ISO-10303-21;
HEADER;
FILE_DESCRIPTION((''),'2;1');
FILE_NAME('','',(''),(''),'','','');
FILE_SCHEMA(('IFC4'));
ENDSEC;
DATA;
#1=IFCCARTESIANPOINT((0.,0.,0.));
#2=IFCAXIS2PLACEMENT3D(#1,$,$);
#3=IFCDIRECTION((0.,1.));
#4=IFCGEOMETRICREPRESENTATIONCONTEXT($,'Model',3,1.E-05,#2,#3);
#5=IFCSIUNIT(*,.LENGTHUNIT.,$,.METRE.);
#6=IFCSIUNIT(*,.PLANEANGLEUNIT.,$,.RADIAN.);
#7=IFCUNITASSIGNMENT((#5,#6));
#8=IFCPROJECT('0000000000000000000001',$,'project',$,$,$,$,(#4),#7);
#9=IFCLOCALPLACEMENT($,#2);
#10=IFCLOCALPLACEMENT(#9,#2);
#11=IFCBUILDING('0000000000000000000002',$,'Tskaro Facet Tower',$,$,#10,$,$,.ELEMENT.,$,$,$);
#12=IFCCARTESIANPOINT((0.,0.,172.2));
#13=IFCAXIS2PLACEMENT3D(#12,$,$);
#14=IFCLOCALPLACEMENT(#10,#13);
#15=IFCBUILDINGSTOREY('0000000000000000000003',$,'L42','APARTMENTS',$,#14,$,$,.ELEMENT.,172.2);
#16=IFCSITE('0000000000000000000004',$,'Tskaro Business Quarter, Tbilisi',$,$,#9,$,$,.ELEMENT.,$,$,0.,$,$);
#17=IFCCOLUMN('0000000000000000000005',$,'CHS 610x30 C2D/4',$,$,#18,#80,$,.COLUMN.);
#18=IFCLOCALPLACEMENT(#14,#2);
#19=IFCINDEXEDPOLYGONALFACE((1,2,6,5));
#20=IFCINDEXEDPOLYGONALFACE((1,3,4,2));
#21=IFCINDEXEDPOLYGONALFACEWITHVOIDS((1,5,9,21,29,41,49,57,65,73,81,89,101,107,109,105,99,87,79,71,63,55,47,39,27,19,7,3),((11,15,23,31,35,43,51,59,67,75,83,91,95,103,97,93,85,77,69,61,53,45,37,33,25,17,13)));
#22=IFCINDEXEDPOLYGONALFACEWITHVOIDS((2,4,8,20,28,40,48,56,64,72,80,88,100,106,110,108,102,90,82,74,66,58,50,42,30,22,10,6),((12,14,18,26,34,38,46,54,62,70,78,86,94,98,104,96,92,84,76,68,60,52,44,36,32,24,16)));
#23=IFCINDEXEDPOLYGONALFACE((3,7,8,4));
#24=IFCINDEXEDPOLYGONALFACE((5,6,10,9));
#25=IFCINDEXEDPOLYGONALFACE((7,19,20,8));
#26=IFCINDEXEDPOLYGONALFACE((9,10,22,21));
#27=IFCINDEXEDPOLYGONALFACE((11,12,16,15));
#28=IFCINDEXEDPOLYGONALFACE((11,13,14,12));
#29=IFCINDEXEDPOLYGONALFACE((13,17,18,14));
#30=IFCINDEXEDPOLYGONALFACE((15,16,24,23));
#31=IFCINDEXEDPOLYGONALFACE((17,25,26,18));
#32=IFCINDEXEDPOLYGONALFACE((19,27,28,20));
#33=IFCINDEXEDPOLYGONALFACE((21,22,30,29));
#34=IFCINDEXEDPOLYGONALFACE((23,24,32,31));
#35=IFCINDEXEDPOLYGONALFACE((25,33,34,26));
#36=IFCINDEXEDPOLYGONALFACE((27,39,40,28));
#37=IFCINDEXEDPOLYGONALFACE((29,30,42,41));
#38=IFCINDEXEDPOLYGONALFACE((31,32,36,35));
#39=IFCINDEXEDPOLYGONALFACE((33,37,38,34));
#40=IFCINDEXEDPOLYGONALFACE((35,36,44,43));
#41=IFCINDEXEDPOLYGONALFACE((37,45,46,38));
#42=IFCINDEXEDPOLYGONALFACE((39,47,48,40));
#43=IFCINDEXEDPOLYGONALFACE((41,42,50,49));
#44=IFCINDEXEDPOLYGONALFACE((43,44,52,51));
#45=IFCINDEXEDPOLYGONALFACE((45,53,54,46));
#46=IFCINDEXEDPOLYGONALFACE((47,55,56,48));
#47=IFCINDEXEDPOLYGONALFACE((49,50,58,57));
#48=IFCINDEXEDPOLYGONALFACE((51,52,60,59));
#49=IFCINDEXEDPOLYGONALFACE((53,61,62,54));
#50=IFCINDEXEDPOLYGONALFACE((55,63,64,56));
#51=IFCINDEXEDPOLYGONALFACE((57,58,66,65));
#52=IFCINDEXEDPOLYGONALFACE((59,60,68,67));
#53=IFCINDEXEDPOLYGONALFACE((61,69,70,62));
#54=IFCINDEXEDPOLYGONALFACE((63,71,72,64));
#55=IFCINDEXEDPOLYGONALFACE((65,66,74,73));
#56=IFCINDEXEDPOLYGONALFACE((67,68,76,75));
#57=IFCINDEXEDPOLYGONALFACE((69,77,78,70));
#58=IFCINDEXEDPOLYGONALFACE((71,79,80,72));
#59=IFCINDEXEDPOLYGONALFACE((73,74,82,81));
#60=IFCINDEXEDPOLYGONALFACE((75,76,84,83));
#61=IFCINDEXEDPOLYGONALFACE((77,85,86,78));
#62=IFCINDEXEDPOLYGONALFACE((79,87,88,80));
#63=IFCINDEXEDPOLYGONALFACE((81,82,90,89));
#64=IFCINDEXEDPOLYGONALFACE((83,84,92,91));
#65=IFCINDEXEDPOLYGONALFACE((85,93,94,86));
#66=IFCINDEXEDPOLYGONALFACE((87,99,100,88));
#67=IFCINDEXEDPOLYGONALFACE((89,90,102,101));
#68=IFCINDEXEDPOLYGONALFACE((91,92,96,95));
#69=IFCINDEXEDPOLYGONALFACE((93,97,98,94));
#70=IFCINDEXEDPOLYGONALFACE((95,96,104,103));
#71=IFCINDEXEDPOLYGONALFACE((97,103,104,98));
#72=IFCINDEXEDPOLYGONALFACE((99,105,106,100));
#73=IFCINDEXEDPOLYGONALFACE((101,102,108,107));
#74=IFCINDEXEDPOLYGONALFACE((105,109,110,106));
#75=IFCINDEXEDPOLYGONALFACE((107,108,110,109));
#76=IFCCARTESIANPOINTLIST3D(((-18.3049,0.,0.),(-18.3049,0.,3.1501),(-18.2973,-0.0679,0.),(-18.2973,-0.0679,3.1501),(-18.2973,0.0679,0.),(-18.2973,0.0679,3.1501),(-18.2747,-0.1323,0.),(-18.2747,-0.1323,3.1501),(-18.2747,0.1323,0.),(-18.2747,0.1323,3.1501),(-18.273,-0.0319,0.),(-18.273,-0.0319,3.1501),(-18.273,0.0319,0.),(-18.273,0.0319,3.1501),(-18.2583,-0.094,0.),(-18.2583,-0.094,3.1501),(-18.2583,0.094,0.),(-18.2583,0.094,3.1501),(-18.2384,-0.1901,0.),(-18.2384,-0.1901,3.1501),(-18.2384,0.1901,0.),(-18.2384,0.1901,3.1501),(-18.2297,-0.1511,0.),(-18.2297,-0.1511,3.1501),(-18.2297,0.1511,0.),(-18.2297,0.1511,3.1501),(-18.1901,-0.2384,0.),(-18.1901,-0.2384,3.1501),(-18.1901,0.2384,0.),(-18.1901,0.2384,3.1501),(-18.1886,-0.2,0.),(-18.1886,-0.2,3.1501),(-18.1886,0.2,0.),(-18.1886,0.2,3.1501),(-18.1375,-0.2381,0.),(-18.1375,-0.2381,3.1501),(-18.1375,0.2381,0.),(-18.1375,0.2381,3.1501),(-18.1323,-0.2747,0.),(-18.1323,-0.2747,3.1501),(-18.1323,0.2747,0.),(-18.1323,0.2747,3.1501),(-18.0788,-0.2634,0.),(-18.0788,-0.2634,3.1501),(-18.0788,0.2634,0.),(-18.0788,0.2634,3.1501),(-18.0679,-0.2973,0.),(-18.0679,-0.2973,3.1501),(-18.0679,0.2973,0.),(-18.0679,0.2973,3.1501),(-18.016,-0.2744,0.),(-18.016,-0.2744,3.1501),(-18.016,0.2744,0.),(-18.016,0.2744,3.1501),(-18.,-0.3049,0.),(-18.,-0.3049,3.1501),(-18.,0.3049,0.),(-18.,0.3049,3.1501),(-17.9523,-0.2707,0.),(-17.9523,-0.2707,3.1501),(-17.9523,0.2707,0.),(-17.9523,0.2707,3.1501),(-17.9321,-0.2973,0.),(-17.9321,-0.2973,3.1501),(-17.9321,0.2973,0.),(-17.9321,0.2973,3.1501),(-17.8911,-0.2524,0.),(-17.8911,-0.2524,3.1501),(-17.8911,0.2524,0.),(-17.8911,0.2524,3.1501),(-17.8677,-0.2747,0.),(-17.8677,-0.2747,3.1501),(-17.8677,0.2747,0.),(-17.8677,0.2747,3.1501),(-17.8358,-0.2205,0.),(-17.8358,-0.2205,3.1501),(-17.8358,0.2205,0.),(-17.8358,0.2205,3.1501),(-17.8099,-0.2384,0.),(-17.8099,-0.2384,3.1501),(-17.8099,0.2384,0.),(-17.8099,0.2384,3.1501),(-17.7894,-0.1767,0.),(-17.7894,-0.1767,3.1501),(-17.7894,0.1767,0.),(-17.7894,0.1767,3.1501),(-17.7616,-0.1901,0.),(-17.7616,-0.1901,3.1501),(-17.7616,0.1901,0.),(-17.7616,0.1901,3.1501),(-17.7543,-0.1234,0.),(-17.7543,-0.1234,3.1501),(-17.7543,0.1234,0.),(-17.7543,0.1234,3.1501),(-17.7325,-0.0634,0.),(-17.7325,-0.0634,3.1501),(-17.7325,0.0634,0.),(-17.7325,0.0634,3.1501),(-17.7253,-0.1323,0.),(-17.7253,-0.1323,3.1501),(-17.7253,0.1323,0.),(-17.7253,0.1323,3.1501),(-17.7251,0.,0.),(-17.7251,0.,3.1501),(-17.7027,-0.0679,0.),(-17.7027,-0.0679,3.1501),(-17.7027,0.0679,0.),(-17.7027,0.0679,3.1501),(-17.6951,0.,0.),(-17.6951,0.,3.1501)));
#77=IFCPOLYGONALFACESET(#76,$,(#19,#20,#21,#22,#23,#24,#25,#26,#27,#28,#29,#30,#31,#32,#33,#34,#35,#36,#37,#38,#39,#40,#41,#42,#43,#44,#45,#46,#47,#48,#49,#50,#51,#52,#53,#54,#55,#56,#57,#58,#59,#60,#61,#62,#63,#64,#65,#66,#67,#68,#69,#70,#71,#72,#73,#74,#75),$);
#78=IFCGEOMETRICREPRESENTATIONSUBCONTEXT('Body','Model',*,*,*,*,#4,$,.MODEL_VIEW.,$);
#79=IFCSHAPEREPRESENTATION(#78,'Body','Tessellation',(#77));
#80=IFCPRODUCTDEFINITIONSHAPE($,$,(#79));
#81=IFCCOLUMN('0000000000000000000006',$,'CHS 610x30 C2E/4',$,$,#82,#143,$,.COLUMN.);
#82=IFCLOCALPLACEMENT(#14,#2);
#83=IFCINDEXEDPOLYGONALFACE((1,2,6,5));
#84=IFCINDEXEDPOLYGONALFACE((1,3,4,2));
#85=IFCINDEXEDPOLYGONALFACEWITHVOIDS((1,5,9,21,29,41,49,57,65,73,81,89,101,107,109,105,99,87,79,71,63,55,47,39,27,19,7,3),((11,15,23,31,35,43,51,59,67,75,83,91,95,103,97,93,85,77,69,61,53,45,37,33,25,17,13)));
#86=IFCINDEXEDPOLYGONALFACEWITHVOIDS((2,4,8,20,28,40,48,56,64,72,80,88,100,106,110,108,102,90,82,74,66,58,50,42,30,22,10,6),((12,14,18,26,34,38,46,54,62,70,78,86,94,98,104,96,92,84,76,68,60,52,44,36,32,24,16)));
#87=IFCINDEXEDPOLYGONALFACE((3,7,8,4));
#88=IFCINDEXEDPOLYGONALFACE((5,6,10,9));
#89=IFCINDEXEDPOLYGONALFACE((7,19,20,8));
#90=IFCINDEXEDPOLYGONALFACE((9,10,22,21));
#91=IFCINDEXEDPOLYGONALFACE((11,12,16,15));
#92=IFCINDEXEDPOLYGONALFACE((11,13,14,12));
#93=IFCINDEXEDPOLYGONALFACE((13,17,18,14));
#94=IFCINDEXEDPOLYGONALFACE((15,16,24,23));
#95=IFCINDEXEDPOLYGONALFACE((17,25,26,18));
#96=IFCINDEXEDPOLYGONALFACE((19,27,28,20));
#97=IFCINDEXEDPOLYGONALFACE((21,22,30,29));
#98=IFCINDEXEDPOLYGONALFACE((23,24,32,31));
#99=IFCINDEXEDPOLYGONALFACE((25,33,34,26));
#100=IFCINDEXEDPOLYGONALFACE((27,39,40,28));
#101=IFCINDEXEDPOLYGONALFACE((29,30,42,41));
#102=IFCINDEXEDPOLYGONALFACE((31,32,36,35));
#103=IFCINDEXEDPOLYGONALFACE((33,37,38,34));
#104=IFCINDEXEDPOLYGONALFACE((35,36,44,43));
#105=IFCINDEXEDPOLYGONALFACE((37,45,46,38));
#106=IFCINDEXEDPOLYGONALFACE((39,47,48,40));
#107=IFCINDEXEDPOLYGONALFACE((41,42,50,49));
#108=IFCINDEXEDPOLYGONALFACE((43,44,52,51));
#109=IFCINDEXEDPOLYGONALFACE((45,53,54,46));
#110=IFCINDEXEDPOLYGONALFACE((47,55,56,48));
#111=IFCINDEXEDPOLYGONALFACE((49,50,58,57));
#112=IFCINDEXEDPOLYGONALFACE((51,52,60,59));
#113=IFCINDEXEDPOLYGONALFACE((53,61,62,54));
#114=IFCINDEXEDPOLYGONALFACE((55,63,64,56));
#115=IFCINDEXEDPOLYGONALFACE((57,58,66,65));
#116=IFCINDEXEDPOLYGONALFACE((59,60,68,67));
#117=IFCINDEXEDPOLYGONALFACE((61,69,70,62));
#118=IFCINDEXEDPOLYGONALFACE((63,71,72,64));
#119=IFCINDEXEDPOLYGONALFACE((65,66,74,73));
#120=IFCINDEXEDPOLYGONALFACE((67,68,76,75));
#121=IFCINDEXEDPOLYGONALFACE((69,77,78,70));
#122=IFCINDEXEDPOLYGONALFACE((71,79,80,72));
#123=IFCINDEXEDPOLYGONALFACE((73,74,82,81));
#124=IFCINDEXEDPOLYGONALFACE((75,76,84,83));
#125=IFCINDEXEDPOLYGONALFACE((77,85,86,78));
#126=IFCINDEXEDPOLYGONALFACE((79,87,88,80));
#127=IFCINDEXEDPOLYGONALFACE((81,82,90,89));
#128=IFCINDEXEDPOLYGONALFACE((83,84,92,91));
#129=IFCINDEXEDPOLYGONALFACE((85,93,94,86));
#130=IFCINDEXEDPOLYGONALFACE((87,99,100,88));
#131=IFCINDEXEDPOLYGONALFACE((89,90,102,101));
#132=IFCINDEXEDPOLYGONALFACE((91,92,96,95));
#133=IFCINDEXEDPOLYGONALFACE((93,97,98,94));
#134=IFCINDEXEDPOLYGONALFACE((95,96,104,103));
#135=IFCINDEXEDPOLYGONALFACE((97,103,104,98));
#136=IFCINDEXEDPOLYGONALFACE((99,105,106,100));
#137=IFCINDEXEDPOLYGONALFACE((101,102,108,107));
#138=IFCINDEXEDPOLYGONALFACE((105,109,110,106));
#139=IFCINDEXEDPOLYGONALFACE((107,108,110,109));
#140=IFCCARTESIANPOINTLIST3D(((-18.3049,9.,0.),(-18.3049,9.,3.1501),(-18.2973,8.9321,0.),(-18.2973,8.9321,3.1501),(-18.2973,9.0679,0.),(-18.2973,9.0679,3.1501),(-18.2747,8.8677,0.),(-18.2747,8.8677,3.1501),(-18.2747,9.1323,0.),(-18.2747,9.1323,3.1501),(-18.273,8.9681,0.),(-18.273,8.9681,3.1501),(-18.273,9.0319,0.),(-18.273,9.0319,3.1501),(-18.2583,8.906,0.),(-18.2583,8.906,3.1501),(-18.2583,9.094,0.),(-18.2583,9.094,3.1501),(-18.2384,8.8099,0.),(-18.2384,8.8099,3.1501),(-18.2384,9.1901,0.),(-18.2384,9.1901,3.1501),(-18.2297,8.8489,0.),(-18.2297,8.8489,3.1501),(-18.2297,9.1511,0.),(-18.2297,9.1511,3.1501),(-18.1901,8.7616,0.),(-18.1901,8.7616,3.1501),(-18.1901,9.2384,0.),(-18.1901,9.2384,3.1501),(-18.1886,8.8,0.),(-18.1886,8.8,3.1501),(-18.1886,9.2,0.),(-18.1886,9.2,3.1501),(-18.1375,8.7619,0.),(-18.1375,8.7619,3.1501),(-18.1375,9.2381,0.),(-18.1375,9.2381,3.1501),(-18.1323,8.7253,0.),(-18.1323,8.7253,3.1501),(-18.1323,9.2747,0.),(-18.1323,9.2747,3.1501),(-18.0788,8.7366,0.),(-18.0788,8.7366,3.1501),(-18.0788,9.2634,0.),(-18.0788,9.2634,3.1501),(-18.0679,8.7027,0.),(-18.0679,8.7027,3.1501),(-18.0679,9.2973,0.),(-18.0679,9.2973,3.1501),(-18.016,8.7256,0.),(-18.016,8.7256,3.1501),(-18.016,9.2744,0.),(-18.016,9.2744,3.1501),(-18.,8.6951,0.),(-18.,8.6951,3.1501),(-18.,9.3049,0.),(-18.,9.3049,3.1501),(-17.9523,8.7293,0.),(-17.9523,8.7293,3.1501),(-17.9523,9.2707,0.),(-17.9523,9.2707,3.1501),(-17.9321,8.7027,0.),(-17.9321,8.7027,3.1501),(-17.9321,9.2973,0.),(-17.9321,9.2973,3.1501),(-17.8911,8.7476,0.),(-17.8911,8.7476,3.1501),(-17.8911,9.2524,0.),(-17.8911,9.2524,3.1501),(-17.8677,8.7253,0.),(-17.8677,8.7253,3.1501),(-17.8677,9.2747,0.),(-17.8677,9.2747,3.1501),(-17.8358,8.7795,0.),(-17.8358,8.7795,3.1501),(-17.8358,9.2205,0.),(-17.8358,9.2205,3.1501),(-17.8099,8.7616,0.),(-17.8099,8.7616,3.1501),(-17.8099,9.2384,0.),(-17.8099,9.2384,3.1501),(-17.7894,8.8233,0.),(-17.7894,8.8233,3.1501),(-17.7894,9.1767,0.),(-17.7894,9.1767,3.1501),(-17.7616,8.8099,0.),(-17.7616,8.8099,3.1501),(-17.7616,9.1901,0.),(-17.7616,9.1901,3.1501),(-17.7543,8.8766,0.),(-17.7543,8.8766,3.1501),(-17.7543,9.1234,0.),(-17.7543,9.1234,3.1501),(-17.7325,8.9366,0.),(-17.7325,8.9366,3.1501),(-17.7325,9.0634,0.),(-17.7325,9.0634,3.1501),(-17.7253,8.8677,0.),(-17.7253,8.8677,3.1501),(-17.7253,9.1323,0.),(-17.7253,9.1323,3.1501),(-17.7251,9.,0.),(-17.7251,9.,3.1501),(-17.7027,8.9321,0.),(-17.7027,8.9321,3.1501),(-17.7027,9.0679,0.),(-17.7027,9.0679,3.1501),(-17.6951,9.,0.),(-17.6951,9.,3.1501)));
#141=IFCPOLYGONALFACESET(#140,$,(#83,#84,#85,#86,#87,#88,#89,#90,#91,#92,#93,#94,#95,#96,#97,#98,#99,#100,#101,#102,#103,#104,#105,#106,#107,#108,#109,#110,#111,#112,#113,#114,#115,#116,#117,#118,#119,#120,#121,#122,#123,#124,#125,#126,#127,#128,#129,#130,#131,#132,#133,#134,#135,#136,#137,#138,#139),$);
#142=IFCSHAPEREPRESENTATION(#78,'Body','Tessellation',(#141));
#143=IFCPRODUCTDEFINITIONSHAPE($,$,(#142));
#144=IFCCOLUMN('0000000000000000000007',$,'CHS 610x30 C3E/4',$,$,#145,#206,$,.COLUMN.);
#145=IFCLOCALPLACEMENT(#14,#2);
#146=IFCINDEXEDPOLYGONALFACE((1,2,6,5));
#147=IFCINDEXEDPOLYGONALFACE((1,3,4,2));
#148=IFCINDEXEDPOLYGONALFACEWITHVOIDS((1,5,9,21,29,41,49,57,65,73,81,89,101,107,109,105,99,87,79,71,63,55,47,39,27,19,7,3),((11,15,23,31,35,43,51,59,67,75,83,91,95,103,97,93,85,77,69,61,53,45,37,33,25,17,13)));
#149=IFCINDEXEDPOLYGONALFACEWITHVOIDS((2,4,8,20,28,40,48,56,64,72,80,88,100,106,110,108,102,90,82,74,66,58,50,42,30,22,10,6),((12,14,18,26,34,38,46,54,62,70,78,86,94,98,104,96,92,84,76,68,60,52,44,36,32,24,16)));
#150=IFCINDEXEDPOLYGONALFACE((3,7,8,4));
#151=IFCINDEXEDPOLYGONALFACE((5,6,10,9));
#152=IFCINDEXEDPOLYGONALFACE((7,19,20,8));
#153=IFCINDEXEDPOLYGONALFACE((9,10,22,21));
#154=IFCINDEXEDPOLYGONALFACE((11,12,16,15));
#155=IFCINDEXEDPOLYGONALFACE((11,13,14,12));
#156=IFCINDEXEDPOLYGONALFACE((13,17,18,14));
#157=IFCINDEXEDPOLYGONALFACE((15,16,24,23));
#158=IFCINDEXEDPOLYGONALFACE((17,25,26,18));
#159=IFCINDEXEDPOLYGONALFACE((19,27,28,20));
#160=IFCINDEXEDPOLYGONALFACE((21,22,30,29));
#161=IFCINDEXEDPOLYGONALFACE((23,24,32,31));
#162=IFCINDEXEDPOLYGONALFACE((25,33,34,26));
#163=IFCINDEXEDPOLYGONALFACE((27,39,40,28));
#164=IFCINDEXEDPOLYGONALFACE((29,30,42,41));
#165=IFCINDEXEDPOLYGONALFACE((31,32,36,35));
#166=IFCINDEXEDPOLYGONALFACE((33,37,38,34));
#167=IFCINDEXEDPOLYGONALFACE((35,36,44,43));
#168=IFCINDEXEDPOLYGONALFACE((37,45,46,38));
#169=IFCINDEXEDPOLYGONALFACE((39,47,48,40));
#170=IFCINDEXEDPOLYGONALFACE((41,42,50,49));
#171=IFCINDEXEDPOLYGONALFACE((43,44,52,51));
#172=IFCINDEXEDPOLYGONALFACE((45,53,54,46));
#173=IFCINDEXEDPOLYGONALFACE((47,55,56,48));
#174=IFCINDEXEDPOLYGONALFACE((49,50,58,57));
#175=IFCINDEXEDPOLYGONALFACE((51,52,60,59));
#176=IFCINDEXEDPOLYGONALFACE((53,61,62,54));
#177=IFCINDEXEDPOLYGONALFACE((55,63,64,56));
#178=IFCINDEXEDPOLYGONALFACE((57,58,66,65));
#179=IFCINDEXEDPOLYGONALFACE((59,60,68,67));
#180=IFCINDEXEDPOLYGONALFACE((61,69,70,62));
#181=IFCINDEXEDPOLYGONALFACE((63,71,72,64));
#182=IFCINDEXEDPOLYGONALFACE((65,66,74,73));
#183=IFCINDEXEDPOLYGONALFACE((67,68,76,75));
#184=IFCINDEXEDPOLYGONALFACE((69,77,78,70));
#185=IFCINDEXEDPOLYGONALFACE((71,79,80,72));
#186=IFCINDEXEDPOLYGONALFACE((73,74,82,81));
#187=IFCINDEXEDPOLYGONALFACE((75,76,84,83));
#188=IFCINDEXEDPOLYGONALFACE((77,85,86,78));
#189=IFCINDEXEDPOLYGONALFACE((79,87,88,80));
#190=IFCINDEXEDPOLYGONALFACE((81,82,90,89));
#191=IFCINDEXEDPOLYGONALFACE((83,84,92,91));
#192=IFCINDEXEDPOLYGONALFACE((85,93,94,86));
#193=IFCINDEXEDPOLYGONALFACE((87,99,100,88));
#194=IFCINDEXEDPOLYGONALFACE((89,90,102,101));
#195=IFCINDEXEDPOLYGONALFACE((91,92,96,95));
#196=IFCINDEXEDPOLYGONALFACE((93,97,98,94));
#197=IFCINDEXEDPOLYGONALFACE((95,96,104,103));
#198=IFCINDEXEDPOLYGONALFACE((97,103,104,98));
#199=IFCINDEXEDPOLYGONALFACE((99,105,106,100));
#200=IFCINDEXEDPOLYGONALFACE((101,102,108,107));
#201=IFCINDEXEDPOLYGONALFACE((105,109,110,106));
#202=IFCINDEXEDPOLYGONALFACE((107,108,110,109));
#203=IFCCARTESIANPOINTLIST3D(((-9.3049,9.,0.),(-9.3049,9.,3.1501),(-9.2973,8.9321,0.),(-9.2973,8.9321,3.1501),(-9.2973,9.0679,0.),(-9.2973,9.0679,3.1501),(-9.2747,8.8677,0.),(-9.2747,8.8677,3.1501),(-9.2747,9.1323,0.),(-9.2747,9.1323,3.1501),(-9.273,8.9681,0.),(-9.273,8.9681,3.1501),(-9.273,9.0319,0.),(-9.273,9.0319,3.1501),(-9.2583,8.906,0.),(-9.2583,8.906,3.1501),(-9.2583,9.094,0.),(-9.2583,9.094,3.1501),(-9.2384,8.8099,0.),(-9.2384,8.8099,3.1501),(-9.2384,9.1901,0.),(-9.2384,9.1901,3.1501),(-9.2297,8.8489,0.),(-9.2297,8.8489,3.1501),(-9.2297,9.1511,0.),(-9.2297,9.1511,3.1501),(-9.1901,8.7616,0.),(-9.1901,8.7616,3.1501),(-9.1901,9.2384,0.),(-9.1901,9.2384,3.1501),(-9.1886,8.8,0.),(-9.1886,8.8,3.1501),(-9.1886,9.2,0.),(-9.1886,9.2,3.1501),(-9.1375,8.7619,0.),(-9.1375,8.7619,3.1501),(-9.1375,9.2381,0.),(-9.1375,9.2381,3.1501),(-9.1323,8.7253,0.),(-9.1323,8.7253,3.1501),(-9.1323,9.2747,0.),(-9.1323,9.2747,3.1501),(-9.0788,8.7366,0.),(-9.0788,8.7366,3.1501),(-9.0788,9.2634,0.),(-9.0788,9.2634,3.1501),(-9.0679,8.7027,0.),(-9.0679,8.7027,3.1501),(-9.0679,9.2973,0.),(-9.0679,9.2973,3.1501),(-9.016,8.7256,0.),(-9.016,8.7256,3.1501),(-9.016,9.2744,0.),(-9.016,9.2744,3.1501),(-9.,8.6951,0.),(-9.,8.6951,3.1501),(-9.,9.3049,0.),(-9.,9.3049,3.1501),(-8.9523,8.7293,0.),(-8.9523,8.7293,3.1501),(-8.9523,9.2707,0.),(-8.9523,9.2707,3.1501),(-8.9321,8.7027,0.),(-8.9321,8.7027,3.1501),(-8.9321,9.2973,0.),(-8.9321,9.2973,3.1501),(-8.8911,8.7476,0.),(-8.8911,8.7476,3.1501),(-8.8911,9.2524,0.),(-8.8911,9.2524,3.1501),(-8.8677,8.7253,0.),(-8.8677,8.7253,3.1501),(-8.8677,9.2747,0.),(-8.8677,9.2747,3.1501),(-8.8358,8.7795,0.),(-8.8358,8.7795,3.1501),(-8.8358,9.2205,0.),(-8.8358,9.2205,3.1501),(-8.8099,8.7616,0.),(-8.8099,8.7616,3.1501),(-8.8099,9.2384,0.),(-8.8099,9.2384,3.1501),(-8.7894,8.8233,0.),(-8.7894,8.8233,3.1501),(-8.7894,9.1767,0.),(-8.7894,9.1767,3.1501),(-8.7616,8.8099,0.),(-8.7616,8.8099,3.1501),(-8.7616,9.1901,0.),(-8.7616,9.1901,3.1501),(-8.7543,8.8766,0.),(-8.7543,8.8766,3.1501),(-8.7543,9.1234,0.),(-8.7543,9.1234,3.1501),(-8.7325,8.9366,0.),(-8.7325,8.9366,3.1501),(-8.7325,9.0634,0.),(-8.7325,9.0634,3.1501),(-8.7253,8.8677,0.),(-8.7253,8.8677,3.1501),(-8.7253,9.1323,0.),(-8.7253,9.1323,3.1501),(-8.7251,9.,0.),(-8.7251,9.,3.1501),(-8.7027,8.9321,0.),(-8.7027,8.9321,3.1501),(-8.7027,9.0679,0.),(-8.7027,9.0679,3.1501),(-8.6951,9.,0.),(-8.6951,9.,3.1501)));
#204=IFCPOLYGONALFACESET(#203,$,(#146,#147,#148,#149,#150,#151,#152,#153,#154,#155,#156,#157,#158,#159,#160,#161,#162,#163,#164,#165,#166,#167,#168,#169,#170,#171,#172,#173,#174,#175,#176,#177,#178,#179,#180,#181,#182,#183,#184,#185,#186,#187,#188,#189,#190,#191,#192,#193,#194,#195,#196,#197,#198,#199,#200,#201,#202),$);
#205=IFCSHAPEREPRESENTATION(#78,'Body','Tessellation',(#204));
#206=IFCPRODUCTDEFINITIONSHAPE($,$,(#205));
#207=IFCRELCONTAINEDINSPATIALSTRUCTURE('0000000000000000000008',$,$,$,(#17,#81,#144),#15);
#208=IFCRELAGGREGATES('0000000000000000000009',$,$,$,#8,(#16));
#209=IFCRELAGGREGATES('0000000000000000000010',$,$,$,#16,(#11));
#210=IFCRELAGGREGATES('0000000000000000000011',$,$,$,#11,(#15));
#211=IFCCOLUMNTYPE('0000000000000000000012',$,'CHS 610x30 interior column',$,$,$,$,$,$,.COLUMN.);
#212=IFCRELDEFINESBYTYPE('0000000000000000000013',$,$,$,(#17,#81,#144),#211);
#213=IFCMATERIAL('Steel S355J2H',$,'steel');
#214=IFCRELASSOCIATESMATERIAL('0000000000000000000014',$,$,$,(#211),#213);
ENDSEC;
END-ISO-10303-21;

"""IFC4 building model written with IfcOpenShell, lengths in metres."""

from ifc_helpers import new_model, si_unit, direction, frame, origin, origin_2d, place, context, subcontext, project, spatial, hollow_circle, extrude, material, material_profile, profile_set, type_object, element, save


model = new_model("IFC4")

# Units and contexts
model_context = context("Model", 3, precision=1e-05, world=origin(), true_north=direction((0.0, 1.0)))
body_context = subcontext(model_context, "Body", "Model", "MODEL_VIEW")
ifc_project = project(units=[si_unit("LENGTHUNIT", "METRE"), si_unit("PLANEANGLEUNIT", "RADIAN")], contexts=[model_context])

# Site, building, storey
site_placement = place(None, origin())
site = spatial("IfcSite", under=ifc_project, at=site_placement, Name="Tskaro Business Quarter, Tbilisi", CompositionType="ELEMENT", RefElevation=0.0)
building_placement = place(site_placement, origin())
building = spatial("IfcBuilding", under=site, at=building_placement, Name="Tskaro Facet Tower", CompositionType="ELEMENT")
storey_placement = place(building_placement, frame((0.0, 0.0, 172.2)))
storey = spatial("IfcBuildingStorey", under=building, at=storey_placement, Name="L42", Description="APARTMENTS", CompositionType="ELEMENT", Elevation=172.2)

# Columns
ifc_material_1 = material(Name="Steel S355J2H", Category="steel")
ifc_material_profile = material_profile(ifc_material_1, hollow_circle(Radius=0.3049, WallThickness=0.03, at=origin_2d()), Name="CHS 610x30")
ifc_profile_set = profile_set([ifc_material_profile], Name="Steel S355J2H")
column_type = type_object("IfcColumnType", Name="CHS 610x30 interior column", PredefinedType="COLUMN", material=ifc_profile_set)
for number, where, z_axis, x_axis, name in (
    (1, (-18.0, 0.0, 0.0), (0.0, 0.0, 1.0), (1.0, 0.0, 0.0), "CHS 610x30 C2D/4"),
    (2, (-18.0, 9.0, 0.0), (0.0, 0.0, 1.0), (1.0, 0.0, 0.0), "CHS 610x30 C2E/4"),
    (3, (-9.0, 9.0, 0.0), (0.0, 0.0, 1.0), (1.0, 0.0, 0.0), "CHS 610x30 C3E/4"),
):
    element("IfcColumn", number, at=place(storey_placement, frame(where, z_axis=z_axis, x_axis=x_axis)), inside=storey, type_object=column_type, Name=name, PredefinedType="COLUMN", context=body_context, shape_type="SweptSolid", body=[
        extrude(hollow_circle(Radius=0.3049, WallThickness=0.03, at=origin_2d()), origin(), (0.0, 0.0, 1.0), 3.1501),
    ])

save(model, "model.ifc")
